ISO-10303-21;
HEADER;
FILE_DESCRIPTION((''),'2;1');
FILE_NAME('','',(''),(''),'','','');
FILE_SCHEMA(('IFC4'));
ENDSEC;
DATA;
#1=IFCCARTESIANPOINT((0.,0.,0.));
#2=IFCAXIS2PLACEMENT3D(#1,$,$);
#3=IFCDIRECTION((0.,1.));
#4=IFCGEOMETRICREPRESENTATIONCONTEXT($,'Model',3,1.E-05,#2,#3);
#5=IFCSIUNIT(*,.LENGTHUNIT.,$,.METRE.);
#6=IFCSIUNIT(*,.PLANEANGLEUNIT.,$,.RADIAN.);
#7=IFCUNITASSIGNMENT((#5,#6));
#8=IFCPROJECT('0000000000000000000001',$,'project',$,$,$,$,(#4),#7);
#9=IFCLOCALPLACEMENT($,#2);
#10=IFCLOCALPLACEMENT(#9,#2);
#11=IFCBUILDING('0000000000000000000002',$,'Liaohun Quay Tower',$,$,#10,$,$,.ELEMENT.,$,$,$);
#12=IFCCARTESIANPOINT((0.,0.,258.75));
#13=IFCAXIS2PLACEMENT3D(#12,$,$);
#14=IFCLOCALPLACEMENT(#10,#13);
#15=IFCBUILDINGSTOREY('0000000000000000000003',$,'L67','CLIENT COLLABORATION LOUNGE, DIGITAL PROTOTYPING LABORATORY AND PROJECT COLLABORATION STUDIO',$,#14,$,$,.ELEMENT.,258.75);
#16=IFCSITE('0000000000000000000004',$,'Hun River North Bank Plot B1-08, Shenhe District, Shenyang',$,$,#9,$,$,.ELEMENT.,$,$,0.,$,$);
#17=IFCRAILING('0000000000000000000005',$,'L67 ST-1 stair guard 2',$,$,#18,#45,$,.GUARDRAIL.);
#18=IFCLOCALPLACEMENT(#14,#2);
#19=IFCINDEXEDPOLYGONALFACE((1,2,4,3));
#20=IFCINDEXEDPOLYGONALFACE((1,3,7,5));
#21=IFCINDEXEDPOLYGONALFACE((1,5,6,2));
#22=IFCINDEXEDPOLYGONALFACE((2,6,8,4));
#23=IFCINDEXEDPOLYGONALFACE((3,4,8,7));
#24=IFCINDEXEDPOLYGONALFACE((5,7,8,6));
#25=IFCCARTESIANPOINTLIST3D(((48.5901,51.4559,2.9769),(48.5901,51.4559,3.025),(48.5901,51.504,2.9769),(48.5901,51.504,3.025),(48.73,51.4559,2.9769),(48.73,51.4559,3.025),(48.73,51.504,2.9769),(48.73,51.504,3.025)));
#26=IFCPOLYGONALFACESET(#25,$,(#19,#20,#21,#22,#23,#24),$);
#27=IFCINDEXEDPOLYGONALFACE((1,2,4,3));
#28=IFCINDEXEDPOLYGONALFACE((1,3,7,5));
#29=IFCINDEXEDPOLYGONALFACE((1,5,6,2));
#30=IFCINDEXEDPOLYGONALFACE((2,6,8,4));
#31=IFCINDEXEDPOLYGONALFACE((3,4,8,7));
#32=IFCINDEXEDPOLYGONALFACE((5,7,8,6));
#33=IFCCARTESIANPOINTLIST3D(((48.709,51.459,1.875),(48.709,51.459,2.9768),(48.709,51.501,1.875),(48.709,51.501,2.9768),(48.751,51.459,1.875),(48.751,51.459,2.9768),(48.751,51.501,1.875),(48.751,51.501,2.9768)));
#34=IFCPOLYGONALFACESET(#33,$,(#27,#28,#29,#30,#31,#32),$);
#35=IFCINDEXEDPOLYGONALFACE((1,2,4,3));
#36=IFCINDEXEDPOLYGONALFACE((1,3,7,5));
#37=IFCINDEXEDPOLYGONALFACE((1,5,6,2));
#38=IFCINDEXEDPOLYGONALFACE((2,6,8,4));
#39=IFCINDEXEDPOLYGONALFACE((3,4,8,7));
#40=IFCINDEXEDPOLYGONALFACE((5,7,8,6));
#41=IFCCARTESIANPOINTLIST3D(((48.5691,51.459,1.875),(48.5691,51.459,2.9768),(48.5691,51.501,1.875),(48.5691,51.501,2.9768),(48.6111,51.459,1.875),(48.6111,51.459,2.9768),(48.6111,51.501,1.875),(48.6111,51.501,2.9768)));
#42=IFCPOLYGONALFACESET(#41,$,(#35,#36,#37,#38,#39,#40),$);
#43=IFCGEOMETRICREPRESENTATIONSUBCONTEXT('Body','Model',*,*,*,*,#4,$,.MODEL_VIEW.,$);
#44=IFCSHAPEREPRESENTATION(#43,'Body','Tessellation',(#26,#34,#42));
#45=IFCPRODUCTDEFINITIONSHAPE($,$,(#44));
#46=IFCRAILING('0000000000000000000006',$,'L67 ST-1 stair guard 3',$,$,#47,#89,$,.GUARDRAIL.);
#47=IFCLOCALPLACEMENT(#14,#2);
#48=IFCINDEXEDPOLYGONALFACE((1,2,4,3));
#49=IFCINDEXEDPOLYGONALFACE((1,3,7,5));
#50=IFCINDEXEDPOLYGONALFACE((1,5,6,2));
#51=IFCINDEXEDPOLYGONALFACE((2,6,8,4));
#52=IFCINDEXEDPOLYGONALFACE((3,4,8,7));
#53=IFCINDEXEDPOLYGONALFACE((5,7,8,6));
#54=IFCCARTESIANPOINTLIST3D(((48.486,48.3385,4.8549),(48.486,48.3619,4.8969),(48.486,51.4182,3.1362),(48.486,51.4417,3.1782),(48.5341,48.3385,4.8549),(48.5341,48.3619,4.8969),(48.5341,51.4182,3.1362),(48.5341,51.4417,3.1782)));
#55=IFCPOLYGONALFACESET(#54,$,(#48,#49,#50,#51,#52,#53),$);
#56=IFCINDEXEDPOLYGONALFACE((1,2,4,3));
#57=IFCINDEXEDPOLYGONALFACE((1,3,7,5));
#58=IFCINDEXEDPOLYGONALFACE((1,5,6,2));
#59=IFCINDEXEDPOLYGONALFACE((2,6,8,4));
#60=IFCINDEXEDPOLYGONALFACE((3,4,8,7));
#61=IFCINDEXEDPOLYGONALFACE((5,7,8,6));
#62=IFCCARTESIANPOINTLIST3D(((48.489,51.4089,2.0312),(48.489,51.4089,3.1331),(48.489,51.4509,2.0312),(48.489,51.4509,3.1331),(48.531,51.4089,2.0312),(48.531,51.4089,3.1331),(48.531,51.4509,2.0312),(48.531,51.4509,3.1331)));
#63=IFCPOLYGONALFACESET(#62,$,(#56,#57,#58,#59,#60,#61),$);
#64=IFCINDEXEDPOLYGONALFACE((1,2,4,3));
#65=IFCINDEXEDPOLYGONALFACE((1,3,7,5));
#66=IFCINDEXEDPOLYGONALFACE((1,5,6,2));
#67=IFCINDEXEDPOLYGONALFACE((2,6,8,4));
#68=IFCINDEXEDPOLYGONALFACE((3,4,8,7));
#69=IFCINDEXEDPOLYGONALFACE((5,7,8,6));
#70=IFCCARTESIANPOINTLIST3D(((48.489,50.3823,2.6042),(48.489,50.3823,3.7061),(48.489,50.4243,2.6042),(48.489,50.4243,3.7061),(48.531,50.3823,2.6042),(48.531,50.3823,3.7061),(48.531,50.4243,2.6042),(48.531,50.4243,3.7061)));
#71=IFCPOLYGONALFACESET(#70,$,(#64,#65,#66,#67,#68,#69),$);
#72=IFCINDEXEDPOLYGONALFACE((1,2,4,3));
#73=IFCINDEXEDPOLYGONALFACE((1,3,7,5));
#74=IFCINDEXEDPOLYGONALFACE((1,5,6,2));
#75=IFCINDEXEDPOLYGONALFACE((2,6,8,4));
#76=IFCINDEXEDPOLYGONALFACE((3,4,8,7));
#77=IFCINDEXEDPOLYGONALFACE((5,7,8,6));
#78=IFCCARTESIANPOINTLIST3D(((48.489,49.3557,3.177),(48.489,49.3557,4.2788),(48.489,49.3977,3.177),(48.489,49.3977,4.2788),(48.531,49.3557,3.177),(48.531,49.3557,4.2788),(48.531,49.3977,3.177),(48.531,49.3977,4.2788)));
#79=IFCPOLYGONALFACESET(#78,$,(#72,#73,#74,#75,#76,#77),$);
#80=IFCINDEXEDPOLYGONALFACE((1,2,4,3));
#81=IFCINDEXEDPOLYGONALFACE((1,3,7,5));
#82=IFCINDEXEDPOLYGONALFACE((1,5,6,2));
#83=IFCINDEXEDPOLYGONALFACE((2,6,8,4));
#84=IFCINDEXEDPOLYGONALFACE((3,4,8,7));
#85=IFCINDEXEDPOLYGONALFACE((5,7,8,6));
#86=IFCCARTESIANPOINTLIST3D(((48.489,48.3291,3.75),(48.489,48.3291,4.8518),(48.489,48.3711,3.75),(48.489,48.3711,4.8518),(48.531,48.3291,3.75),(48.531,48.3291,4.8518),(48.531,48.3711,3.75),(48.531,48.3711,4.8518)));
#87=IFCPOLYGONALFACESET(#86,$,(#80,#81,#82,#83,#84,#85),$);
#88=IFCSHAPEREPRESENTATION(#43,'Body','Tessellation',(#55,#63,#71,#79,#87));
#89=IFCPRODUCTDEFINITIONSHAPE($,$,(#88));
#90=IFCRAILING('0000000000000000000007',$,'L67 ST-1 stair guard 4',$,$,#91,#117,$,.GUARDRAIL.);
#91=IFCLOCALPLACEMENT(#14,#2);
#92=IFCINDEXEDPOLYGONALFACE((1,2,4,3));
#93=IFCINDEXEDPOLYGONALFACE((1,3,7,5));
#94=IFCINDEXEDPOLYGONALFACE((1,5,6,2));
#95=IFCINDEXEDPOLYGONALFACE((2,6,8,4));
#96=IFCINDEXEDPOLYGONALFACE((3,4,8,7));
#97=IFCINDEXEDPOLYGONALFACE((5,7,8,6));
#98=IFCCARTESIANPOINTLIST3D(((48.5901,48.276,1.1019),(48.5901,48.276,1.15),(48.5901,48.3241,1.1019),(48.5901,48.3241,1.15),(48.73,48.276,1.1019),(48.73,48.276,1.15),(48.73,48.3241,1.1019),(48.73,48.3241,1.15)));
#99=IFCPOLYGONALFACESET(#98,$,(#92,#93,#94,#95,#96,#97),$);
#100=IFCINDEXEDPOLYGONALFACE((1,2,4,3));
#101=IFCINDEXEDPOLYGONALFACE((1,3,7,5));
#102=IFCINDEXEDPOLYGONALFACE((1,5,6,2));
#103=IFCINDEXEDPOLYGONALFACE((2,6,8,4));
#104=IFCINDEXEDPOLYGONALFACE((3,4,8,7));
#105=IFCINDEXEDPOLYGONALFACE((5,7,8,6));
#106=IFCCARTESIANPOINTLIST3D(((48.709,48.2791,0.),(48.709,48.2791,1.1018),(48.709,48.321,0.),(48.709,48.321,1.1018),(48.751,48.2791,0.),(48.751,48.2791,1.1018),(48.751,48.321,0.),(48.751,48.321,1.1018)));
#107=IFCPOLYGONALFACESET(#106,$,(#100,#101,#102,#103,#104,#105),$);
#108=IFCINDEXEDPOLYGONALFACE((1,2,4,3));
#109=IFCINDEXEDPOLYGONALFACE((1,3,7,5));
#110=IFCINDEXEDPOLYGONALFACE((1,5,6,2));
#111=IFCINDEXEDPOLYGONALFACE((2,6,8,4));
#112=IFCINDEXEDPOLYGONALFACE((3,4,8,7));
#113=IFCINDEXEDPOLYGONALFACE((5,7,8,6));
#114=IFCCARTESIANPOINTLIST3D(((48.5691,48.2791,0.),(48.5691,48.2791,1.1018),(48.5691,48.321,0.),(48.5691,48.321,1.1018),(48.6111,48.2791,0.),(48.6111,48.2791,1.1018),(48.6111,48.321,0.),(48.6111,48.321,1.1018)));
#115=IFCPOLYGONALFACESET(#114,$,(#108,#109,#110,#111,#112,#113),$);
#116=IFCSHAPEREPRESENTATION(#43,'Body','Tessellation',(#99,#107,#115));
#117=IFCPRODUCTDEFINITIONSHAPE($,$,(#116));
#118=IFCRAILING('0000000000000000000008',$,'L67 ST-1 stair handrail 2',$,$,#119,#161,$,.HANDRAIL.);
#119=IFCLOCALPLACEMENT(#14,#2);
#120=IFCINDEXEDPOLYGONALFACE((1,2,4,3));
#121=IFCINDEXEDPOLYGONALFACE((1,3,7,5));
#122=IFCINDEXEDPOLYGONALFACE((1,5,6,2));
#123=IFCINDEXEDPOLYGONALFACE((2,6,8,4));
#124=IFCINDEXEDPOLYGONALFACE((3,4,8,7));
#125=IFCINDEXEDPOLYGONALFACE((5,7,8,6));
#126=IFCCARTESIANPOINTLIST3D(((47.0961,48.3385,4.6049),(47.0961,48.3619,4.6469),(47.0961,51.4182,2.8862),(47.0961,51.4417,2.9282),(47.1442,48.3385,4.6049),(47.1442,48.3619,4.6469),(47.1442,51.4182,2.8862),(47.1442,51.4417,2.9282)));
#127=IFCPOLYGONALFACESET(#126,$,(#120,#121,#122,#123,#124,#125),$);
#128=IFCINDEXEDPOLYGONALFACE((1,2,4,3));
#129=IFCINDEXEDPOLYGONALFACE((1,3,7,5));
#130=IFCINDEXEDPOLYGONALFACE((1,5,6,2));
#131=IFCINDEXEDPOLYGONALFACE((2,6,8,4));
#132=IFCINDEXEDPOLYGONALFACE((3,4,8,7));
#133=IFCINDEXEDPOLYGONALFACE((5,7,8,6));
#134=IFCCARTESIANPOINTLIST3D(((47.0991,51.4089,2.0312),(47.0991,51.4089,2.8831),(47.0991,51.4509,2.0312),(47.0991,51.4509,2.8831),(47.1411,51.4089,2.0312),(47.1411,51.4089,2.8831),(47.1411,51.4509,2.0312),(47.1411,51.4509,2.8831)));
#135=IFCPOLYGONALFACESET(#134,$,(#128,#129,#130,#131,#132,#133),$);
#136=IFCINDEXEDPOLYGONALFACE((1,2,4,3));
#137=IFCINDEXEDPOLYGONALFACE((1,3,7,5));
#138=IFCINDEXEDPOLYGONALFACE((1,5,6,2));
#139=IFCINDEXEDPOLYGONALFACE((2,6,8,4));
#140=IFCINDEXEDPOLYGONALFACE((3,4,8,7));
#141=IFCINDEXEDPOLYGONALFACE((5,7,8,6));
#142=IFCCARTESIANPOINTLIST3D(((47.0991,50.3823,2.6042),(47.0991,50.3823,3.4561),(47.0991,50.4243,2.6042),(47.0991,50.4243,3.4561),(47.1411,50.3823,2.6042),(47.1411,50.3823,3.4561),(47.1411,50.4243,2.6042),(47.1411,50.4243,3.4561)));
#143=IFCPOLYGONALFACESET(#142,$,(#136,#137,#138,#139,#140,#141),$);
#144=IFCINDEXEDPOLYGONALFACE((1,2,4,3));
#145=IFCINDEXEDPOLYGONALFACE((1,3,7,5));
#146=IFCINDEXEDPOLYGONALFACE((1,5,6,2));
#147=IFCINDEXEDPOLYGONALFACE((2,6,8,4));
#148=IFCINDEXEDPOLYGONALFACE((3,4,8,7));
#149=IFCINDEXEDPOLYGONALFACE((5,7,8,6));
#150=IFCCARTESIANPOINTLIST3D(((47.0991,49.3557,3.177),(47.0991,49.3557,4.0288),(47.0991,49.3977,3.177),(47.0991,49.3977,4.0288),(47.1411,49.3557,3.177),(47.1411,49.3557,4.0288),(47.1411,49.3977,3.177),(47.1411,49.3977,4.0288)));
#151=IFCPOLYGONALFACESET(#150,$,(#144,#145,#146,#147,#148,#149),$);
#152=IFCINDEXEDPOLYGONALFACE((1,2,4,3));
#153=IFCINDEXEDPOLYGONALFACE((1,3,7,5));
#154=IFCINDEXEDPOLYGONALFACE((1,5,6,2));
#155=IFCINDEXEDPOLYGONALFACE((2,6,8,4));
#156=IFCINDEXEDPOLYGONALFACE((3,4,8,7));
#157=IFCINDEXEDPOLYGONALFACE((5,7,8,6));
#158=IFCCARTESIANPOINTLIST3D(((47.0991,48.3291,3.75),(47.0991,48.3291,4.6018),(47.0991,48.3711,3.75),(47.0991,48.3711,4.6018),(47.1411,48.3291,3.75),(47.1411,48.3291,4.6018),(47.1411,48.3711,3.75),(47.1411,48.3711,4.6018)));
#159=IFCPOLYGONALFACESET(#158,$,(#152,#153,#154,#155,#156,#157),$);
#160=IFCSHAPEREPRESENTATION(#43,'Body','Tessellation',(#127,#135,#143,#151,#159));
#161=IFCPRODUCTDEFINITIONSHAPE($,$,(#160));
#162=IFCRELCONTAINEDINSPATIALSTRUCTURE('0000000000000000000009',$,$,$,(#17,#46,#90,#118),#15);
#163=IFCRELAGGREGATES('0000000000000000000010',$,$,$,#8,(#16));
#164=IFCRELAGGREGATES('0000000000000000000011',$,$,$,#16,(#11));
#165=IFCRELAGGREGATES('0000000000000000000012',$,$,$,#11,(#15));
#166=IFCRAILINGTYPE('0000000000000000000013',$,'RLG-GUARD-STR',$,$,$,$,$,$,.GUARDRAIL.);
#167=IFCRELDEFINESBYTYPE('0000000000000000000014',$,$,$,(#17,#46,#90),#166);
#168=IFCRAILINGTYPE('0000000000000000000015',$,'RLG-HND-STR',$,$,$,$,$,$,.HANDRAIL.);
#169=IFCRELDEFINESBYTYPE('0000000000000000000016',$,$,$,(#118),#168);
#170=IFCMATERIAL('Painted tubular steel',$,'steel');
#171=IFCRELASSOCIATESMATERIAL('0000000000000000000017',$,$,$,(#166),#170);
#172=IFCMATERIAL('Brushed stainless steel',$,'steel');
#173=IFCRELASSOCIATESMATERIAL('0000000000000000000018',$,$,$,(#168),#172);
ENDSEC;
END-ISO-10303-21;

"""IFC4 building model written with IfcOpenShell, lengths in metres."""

from ifc_helpers import new_model, si_unit, direction, frame, origin, origin_2d, place, context, subcontext, project, spatial, rectangle, extrude, material, type_object, element, save


model = new_model("IFC4")

# Units and contexts
model_context = context("Model", 3, precision=1e-05, world=origin(), true_north=direction((0.0, 1.0)))
body_context = subcontext(model_context, "Body", "Model", "MODEL_VIEW")
ifc_project = project(units=[si_unit("LENGTHUNIT", "METRE"), si_unit("PLANEANGLEUNIT", "RADIAN")], contexts=[model_context])

# Site, building, storey
site_placement = place(None, origin())
site = spatial("IfcSite", under=ifc_project, at=site_placement, Name="Hun River North Bank Plot B1-08, Shenhe District, Shenyang", CompositionType="ELEMENT", RefElevation=0.0)
building_placement = place(site_placement, origin())
building = spatial("IfcBuilding", under=site, at=building_placement, Name="Liaohun Quay Tower", CompositionType="ELEMENT")
storey_placement = place(building_placement, frame((0.0, 0.0, 258.75)))
storey = spatial("IfcBuildingStorey", under=building, at=storey_placement, Name="L67", Description="CLIENT COLLABORATION LOUNGE, DIGITAL PROTOTYPING LABORATORY AND PROJECT COLLABORATION STUDIO", CompositionType="ELEMENT", Elevation=258.75)

# Railings
ifc_material_1 = material(Name="Painted tubular steel", Category="steel")
railing_type_1 = type_object("IfcRailingType", Name="RLG-GUARD-STR", PredefinedType="GUARDRAIL", material=ifc_material_1)
railing_1_placement = place(storey_placement, frame((48.73, 51.48, 1.875)))
element("IfcRailing", 1, at=railing_1_placement, inside=storey, type_object=railing_type_1, Name="L67 ST-1 stair guard 2", PredefinedType="GUARDRAIL", context=body_context, shape_type="SweptSolid", body=[
    extrude(rectangle(XDim=0.0481, YDim=0.0481, at=origin_2d()), frame((0.0, 0.0, 1.126), z_axis=(-1.0, 0.0, 0.0), x_axis=(0.0, -1.0, 0.0)), (0.0, 0.0, 1.0), 0.1399),
    extrude(rectangle(XDim=0.042, YDim=0.042, at=origin_2d()), origin(), (0.0, 0.0, 1.0), 1.1018),
    extrude(rectangle(XDim=0.042, YDim=0.042, at=origin_2d()), frame((-0.1399, 0.0, 0.0)), (0.0, 0.0, 1.0), 1.1018),
])
railing_2_placement = place(storey_placement, frame((48.51, 51.4299, 2.0312)))
element("IfcRailing", 2, at=railing_2_placement, inside=storey, type_object=railing_type_1, Name="L67 ST-1 stair guard 3", PredefinedType="GUARDRAIL", context=body_context, shape_type="SweptSolid", body=[
    extrude(rectangle(XDim=0.0481, YDim=0.0481, at=origin_2d()), frame((0.0, 0.0, 1.126), z_axis=(0.0, -0.873225, 0.487317), x_axis=(1.0, 0.0, 0.0)), (0.0, 0.0, 1.0), 3.5269),
    extrude(rectangle(XDim=0.042, YDim=0.042, at=origin_2d()), origin(), (0.0, 0.0, 1.0), 1.1018),
    extrude(rectangle(XDim=0.042, YDim=0.042, at=origin_2d()), frame((0.0, -1.0266, 0.573)), (0.0, 0.0, 1.0), 1.1018),
    extrude(rectangle(XDim=0.042, YDim=0.042, at=origin_2d()), frame((0.0, -2.0532, 1.1458)), (0.0, 0.0, 1.0), 1.1018),
    extrude(rectangle(XDim=0.042, YDim=0.042, at=origin_2d()), frame((0.0, -3.0798, 1.7188)), (0.0, 0.0, 1.0), 1.1018),
])
railing_3_placement = place(storey_placement, frame((48.73, 48.3, 0.0)))
element("IfcRailing", 3, at=railing_3_placement, inside=storey, type_object=railing_type_1, Name="L67 ST-1 stair guard 4", PredefinedType="GUARDRAIL", context=body_context, shape_type="SweptSolid", body=[
    extrude(rectangle(XDim=0.0481, YDim=0.0481, at=origin_2d()), frame((0.0, 0.0, 1.126), z_axis=(-1.0, 0.0, 0.0), x_axis=(0.0, -1.0, 0.0)), (0.0, 0.0, 1.0), 0.1399),
    extrude(rectangle(XDim=0.042, YDim=0.042, at=origin_2d()), origin(), (0.0, 0.0, 1.0), 1.1018),
    extrude(rectangle(XDim=0.042, YDim=0.042, at=origin_2d()), frame((-0.1399, 0.0, 0.0)), (0.0, 0.0, 1.0), 1.1018),
])
ifc_material_2 = material(Name="Brushed stainless steel", Category="steel")
railing_type_2 = type_object("IfcRailingType", Name="RLG-HND-STR", PredefinedType="HANDRAIL", material=ifc_material_2)
railing_4_placement = place(storey_placement, frame((47.1201, 51.4299, 2.0312)))
element("IfcRailing", 4, at=railing_4_placement, inside=storey, type_object=railing_type_2, Name="L67 ST-1 stair handrail 2", PredefinedType="HANDRAIL", context=body_context, shape_type="SweptSolid", body=[
    extrude(rectangle(XDim=0.0481, YDim=0.0481, at=origin_2d()), frame((0.0, 0.0, 0.876), z_axis=(0.0, -0.873225, 0.487317), x_axis=(1.0, 0.0, 0.0)), (0.0, 0.0, 1.0), 3.5269),
    extrude(rectangle(XDim=0.042, YDim=0.042, at=origin_2d()), origin(), (0.0, 0.0, 1.0), 0.8518),
    extrude(rectangle(XDim=0.042, YDim=0.042, at=origin_2d()), frame((0.0, -1.0266, 0.573)), (0.0, 0.0, 1.0), 0.8518),
    extrude(rectangle(XDim=0.042, YDim=0.042, at=origin_2d()), frame((0.0, -2.0532, 1.1458)), (0.0, 0.0, 1.0), 0.8518),
    extrude(rectangle(XDim=0.042, YDim=0.042, at=origin_2d()), frame((0.0, -3.0798, 1.7188)), (0.0, 0.0, 1.0), 0.8518),
])

save(model, "model.ifc")
